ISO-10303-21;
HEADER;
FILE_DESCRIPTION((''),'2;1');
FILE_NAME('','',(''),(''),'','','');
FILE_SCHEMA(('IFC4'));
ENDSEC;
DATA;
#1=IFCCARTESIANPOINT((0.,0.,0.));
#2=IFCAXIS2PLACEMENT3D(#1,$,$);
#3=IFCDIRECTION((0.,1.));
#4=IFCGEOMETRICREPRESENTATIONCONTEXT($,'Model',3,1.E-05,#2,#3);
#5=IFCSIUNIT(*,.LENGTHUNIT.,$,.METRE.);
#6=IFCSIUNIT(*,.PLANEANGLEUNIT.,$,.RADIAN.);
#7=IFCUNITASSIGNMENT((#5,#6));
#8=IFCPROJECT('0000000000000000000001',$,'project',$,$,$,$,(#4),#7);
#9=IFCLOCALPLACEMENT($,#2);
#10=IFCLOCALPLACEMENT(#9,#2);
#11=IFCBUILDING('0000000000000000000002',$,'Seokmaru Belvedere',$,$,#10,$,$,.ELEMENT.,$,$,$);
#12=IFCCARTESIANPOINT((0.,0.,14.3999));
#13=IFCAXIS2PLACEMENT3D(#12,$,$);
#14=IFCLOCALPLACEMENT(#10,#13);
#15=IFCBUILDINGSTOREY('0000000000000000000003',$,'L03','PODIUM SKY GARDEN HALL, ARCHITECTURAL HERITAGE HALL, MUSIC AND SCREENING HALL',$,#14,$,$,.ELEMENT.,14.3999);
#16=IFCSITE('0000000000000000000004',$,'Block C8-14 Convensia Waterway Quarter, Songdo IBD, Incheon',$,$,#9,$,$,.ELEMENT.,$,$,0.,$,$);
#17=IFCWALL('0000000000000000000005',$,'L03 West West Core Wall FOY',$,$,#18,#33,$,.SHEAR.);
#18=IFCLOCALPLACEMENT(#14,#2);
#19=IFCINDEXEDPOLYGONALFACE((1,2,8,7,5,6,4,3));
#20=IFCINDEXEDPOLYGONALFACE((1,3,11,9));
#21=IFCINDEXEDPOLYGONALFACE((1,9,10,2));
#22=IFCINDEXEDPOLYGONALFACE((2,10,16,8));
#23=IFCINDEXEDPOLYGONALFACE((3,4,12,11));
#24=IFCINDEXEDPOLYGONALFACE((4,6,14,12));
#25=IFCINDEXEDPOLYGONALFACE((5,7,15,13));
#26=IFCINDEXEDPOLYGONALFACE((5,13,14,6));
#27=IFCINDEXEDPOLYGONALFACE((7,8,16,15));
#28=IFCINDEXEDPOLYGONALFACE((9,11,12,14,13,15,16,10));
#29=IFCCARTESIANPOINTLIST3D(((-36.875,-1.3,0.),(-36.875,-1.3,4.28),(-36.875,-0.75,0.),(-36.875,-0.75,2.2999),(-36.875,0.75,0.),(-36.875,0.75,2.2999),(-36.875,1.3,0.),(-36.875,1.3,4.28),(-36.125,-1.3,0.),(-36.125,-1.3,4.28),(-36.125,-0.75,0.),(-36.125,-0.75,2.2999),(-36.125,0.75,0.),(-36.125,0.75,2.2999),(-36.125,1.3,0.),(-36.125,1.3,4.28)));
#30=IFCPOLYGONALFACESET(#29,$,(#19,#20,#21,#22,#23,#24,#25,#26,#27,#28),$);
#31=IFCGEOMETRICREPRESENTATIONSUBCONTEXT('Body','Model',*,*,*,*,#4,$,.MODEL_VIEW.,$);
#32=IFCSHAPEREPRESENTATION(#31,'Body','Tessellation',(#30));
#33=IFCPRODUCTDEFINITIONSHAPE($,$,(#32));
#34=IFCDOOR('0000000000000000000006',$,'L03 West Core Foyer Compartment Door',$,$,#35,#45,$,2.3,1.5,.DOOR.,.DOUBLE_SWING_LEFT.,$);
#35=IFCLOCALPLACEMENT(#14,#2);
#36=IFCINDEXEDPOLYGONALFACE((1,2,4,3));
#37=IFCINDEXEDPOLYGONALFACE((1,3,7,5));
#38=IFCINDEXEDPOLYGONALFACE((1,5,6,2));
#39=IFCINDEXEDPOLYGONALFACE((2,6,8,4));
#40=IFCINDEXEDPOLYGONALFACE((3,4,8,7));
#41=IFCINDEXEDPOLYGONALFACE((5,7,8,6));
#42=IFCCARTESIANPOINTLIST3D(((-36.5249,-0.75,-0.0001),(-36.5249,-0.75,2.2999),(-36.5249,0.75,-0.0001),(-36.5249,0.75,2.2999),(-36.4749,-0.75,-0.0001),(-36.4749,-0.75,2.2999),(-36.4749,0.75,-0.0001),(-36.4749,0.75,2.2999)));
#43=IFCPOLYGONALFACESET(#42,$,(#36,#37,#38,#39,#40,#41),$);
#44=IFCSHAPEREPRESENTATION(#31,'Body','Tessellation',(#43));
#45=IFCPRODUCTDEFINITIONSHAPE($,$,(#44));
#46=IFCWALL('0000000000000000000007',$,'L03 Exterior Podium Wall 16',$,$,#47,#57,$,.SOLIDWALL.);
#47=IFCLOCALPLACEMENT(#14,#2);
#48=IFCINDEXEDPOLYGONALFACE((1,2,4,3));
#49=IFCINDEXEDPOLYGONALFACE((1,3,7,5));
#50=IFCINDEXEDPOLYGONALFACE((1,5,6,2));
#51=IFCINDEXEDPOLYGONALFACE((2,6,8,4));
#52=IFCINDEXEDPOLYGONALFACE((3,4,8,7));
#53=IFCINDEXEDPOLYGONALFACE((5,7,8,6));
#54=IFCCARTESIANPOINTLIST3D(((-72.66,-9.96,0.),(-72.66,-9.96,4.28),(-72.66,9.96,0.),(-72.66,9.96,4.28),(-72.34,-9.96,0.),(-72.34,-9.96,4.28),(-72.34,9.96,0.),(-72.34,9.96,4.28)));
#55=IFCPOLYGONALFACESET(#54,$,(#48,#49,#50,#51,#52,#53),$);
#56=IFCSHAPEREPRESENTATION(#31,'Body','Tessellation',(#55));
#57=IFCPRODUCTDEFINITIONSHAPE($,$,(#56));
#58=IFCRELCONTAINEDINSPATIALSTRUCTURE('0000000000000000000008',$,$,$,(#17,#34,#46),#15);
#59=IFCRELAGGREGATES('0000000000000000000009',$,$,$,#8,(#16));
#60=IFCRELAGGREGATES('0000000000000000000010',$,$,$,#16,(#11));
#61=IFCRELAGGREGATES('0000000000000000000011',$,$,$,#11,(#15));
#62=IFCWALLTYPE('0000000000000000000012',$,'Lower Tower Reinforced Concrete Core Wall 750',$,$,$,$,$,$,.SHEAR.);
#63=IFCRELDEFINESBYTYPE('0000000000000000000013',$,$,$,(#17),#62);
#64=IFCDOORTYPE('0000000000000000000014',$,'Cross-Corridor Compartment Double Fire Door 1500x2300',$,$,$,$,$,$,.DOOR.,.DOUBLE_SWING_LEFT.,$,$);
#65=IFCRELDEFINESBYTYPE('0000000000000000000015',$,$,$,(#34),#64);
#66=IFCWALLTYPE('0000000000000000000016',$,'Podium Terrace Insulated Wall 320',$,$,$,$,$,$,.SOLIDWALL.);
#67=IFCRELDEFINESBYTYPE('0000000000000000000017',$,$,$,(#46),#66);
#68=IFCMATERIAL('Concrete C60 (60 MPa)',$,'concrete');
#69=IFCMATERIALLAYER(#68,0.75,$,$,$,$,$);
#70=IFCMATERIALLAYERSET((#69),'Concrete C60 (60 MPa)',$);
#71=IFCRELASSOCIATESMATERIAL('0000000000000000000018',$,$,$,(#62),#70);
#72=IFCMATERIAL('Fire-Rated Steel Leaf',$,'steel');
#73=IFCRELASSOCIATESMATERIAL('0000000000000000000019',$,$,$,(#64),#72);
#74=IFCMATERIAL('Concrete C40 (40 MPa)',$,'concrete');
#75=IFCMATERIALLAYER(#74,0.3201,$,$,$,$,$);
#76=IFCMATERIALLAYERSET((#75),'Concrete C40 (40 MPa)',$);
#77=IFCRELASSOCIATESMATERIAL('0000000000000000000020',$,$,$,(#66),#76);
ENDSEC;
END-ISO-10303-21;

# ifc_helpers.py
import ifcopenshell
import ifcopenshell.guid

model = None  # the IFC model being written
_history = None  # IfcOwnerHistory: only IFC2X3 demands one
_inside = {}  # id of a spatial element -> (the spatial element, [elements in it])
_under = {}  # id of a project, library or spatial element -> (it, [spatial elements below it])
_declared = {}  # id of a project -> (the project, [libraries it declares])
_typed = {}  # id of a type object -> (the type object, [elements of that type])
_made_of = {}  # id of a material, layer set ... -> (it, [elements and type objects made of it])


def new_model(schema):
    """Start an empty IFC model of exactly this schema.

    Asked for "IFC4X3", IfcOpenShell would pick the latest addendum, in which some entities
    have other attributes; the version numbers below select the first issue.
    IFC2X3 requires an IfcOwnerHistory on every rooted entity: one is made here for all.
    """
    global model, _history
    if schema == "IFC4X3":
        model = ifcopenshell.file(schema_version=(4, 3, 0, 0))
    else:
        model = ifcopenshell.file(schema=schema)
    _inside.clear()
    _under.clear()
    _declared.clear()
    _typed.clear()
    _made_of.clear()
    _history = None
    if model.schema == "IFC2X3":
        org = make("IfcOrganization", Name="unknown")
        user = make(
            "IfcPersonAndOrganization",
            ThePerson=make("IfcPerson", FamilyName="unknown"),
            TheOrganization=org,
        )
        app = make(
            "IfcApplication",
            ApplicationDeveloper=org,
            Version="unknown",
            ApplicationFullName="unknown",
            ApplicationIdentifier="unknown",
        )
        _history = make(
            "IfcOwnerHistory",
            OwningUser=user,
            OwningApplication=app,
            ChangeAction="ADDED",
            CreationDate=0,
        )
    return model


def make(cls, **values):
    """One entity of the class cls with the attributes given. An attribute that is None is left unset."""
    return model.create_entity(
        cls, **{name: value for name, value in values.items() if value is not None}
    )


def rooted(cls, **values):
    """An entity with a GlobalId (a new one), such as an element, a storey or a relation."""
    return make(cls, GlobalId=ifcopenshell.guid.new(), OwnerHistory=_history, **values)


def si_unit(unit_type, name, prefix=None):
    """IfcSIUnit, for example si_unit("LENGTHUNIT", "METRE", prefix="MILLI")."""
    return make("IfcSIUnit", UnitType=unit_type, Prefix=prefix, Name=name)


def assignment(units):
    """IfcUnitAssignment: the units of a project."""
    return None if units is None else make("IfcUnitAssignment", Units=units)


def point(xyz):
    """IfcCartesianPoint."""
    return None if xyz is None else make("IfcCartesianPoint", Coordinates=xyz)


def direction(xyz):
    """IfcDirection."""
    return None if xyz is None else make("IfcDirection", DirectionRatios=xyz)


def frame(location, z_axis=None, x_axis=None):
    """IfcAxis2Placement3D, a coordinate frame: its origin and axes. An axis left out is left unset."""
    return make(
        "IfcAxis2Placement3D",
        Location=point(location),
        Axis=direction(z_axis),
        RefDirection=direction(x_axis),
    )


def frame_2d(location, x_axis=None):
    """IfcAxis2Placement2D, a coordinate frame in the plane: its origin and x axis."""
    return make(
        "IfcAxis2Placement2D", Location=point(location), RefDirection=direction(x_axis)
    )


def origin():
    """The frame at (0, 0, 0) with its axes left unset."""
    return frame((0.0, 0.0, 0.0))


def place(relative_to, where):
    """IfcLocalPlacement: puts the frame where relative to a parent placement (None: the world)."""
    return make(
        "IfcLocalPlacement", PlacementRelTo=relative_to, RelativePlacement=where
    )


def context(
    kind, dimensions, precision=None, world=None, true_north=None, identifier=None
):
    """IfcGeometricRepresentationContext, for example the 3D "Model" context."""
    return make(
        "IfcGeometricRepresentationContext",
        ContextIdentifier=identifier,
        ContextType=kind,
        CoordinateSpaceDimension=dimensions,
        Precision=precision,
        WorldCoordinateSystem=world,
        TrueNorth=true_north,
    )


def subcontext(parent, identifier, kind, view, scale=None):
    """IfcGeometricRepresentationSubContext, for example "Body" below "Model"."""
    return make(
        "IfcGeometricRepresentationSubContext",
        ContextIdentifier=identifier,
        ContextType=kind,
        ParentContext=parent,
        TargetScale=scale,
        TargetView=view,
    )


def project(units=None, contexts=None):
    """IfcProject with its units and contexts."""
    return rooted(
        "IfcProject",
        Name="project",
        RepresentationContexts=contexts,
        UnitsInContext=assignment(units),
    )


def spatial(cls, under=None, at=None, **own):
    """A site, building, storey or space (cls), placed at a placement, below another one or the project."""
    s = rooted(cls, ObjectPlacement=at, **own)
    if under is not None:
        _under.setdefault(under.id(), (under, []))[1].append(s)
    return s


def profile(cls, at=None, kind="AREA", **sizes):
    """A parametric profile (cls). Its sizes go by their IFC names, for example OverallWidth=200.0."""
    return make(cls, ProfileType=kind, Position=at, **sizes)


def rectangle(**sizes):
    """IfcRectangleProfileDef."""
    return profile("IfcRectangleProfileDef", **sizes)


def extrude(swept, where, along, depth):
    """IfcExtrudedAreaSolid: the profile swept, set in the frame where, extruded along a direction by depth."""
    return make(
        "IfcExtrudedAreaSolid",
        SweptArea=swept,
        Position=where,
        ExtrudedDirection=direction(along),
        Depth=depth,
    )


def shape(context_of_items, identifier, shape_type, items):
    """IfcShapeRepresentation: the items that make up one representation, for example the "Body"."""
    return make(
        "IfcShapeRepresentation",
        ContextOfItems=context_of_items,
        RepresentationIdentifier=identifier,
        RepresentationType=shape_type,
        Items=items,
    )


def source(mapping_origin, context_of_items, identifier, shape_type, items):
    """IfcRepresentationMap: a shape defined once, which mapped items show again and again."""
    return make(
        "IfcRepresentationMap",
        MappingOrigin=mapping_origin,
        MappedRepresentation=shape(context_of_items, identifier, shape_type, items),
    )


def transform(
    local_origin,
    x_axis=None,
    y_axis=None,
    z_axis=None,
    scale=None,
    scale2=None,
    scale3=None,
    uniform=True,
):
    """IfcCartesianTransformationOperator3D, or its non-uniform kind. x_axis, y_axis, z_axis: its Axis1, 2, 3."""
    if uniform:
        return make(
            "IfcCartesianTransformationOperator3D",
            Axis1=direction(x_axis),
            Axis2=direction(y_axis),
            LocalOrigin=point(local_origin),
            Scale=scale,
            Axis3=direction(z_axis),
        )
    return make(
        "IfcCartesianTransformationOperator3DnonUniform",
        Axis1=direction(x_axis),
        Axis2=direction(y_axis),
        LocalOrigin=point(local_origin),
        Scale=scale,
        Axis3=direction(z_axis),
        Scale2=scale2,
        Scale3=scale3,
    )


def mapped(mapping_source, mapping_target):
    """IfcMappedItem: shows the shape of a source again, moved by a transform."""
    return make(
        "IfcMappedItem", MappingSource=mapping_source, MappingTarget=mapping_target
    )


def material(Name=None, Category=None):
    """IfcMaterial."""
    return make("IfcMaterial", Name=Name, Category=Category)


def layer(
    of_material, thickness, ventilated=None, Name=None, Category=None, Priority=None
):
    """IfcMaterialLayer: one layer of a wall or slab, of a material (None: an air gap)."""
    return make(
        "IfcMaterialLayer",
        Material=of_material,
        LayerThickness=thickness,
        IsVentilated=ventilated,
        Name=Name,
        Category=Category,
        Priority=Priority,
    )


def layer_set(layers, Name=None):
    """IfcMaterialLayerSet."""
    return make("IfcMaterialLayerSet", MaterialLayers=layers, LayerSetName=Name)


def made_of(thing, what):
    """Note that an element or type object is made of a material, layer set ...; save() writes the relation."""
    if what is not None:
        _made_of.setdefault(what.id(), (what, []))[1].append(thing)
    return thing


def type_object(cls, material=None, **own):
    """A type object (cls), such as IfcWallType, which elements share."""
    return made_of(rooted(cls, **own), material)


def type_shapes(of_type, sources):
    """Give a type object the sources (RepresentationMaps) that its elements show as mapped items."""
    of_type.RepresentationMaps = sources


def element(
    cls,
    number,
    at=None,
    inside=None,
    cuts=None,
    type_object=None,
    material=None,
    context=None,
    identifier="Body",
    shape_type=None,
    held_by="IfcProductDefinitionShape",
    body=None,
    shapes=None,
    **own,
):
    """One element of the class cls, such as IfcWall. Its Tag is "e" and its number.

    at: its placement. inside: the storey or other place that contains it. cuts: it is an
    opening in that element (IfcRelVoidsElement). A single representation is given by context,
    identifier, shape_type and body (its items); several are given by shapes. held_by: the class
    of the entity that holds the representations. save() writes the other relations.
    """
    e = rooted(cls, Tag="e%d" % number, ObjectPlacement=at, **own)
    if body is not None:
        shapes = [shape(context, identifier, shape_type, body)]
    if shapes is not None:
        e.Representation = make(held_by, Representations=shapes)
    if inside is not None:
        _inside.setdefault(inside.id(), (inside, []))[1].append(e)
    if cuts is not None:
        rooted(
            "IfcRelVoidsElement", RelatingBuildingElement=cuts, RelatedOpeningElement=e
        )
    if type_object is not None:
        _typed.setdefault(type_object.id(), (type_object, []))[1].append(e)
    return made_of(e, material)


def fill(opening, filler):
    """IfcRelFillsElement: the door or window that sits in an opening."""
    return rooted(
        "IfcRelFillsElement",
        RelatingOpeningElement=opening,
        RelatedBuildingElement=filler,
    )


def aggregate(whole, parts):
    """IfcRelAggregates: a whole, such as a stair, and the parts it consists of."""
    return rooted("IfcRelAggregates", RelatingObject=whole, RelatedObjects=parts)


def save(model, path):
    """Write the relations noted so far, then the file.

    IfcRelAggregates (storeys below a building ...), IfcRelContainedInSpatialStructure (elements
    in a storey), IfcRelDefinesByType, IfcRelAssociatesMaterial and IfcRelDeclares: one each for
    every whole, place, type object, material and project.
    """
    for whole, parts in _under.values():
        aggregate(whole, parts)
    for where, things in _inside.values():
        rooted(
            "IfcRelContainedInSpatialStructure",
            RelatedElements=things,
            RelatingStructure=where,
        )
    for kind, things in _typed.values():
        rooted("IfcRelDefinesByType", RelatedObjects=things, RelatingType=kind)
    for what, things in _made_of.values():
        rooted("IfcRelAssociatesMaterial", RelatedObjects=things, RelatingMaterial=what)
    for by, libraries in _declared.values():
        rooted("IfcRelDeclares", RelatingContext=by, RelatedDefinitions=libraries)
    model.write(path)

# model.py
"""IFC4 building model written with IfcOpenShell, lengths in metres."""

from ifc_helpers import new_model, si_unit, direction, frame, frame_2d, origin, place, context, subcontext, project, spatial, rectangle, extrude, source, transform, mapped, material, layer, layer_set, type_object, type_shapes, element, fill, save


model = new_model("IFC4")

# Units and contexts
model_context = context("Model", 3, precision=1e-05, world=origin(), true_north=direction((0.0, 1.0)))
body_context = subcontext(model_context, "Body", "Model", "MODEL_VIEW")
ifc_project = project(units=[si_unit("LENGTHUNIT", "METRE"), si_unit("PLANEANGLEUNIT", "RADIAN")], contexts=[model_context])

# Site, building, storey
site_placement = place(None, origin())
site = spatial("IfcSite", under=ifc_project, at=site_placement, Name="Block C8-14 Convensia Waterway Quarter, Songdo IBD, Incheon", CompositionType="ELEMENT", RefElevation=0.0)
building_placement = place(site_placement, origin())
building = spatial("IfcBuilding", under=site, at=building_placement, Name="Seokmaru Belvedere", CompositionType="ELEMENT")
storey_placement = place(building_placement, frame((0.0, 0.0, 14.3999)))
storey = spatial("IfcBuildingStorey", under=building, at=storey_placement, Name="L03", Description="PODIUM SKY GARDEN HALL, ARCHITECTURAL HERITAGE HALL, MUSIC AND SCREENING HALL", CompositionType="ELEMENT", Elevation=14.3999)

# Wall, opening, door
ifc_material_1 = material(Name="Concrete C60 (60 MPa)", Category="concrete")
ifc_layer_1 = layer(ifc_material_1, 0.75)
ifc_layer_set_1 = layer_set([ifc_layer_1], Name="Concrete C60 (60 MPa)")
wall_type_1 = type_object("IfcWallType", Name="Lower Tower Reinforced Concrete Core Wall 750", PredefinedType="SHEAR", material=ifc_layer_set_1)
wall_1_placement = place(storey_placement, frame((-36.5, -1.3, 0.0), z_axis=(0.0, 0.0, 1.0), x_axis=(0.0, 1.0, 0.0)))
wall_1 = element("IfcWall", 1, at=wall_1_placement, inside=storey, type_object=wall_type_1, Name="L03 West West Core Wall FOY", PredefinedType="SHEAR", context=body_context, shape_type="SweptSolid", body=[
    extrude(rectangle(XDim=2.6001, YDim=0.75, at=frame_2d((1.3, 0.0))), origin(), (0.0, 0.0, 1.0), 4.28),
])
opening_1_placement = place(wall_1_placement, frame((0.55, 0.0, 0.0)))
opening_1 = element("IfcOpeningElement", 2, at=opening_1_placement, cuts=wall_1, PredefinedType="OPENING", context=body_context, shape_type="SweptSolid", body=[
    extrude(rectangle(XDim=1.5, YDim=2.3, at=frame_2d((0.75, 1.1499))), frame((0.0, 0.385, 0.0), z_axis=(0.0, -1.0, 0.0), x_axis=(1.0, 0.0, 0.0)), (0.0, 0.0, 1.0), 0.77),
])
ifc_material_2 = material(Name="Fire-Rated Steel Leaf", Category="steel")
door_type_1 = type_object("IfcDoorType", Name="Cross-Corridor Compartment Double Fire Door 1500x2300", OperationType="DOUBLE_SWING_LEFT", PredefinedType="DOOR", material=ifc_material_2)
shared_shape_1 = source(origin(), body_context, "Body", "SweptSolid", [
    extrude(rectangle(XDim=1.5, YDim=2.3, at=frame_2d((0.75, 1.1499))), frame((0.0, 0.0249, 0.0), z_axis=(0.0, -1.0, 0.0), x_axis=(1.0, 0.0, 0.0)), (0.0, 0.0, 1.0), 0.05),
])
type_shapes(door_type_1, [shared_shape_1])
door_1_placement = place(opening_1_placement, origin())
door_1 = element("IfcDoor", 3, at=door_1_placement, inside=storey, type_object=door_type_1, Name="L03 West Core Foyer Compartment Door", OperationType="DOUBLE_SWING_LEFT", OverallHeight=2.3, OverallWidth=1.5, PredefinedType="DOOR", context=body_context, shape_type="MappedRepresentation", body=[
    mapped(shared_shape_1, transform((0.0, 0.0, 0.0), scale=1.0)),
])
fill(opening_1, door_1)

# Wall
ifc_material_3 = material(Name="Concrete C40 (40 MPa)", Category="concrete")
ifc_layer_2 = layer(ifc_material_3, 0.3201)
ifc_layer_set_2 = layer_set([ifc_layer_2], Name="Concrete C40 (40 MPa)")
wall_type_2 = type_object("IfcWallType", Name="Podium Terrace Insulated Wall 320", PredefinedType="SOLIDWALL", material=ifc_layer_set_2)
wall_2_placement = place(storey_placement, frame((-72.5, 9.96, 0.0), z_axis=(0.0, 0.0, 1.0), x_axis=(0.0, -1.0, 0.0)))
element("IfcWall", 4, at=wall_2_placement, inside=storey, type_object=wall_type_2, Name="L03 Exterior Podium Wall 16", PredefinedType="SOLIDWALL", context=body_context, shape_type="SweptSolid", body=[
    extrude(rectangle(XDim=19.9199, YDim=0.3201, at=frame_2d((9.96, 0.0))), origin(), (0.0, 0.0, 1.0), 4.28),
])

save(model, "model.ifc")
